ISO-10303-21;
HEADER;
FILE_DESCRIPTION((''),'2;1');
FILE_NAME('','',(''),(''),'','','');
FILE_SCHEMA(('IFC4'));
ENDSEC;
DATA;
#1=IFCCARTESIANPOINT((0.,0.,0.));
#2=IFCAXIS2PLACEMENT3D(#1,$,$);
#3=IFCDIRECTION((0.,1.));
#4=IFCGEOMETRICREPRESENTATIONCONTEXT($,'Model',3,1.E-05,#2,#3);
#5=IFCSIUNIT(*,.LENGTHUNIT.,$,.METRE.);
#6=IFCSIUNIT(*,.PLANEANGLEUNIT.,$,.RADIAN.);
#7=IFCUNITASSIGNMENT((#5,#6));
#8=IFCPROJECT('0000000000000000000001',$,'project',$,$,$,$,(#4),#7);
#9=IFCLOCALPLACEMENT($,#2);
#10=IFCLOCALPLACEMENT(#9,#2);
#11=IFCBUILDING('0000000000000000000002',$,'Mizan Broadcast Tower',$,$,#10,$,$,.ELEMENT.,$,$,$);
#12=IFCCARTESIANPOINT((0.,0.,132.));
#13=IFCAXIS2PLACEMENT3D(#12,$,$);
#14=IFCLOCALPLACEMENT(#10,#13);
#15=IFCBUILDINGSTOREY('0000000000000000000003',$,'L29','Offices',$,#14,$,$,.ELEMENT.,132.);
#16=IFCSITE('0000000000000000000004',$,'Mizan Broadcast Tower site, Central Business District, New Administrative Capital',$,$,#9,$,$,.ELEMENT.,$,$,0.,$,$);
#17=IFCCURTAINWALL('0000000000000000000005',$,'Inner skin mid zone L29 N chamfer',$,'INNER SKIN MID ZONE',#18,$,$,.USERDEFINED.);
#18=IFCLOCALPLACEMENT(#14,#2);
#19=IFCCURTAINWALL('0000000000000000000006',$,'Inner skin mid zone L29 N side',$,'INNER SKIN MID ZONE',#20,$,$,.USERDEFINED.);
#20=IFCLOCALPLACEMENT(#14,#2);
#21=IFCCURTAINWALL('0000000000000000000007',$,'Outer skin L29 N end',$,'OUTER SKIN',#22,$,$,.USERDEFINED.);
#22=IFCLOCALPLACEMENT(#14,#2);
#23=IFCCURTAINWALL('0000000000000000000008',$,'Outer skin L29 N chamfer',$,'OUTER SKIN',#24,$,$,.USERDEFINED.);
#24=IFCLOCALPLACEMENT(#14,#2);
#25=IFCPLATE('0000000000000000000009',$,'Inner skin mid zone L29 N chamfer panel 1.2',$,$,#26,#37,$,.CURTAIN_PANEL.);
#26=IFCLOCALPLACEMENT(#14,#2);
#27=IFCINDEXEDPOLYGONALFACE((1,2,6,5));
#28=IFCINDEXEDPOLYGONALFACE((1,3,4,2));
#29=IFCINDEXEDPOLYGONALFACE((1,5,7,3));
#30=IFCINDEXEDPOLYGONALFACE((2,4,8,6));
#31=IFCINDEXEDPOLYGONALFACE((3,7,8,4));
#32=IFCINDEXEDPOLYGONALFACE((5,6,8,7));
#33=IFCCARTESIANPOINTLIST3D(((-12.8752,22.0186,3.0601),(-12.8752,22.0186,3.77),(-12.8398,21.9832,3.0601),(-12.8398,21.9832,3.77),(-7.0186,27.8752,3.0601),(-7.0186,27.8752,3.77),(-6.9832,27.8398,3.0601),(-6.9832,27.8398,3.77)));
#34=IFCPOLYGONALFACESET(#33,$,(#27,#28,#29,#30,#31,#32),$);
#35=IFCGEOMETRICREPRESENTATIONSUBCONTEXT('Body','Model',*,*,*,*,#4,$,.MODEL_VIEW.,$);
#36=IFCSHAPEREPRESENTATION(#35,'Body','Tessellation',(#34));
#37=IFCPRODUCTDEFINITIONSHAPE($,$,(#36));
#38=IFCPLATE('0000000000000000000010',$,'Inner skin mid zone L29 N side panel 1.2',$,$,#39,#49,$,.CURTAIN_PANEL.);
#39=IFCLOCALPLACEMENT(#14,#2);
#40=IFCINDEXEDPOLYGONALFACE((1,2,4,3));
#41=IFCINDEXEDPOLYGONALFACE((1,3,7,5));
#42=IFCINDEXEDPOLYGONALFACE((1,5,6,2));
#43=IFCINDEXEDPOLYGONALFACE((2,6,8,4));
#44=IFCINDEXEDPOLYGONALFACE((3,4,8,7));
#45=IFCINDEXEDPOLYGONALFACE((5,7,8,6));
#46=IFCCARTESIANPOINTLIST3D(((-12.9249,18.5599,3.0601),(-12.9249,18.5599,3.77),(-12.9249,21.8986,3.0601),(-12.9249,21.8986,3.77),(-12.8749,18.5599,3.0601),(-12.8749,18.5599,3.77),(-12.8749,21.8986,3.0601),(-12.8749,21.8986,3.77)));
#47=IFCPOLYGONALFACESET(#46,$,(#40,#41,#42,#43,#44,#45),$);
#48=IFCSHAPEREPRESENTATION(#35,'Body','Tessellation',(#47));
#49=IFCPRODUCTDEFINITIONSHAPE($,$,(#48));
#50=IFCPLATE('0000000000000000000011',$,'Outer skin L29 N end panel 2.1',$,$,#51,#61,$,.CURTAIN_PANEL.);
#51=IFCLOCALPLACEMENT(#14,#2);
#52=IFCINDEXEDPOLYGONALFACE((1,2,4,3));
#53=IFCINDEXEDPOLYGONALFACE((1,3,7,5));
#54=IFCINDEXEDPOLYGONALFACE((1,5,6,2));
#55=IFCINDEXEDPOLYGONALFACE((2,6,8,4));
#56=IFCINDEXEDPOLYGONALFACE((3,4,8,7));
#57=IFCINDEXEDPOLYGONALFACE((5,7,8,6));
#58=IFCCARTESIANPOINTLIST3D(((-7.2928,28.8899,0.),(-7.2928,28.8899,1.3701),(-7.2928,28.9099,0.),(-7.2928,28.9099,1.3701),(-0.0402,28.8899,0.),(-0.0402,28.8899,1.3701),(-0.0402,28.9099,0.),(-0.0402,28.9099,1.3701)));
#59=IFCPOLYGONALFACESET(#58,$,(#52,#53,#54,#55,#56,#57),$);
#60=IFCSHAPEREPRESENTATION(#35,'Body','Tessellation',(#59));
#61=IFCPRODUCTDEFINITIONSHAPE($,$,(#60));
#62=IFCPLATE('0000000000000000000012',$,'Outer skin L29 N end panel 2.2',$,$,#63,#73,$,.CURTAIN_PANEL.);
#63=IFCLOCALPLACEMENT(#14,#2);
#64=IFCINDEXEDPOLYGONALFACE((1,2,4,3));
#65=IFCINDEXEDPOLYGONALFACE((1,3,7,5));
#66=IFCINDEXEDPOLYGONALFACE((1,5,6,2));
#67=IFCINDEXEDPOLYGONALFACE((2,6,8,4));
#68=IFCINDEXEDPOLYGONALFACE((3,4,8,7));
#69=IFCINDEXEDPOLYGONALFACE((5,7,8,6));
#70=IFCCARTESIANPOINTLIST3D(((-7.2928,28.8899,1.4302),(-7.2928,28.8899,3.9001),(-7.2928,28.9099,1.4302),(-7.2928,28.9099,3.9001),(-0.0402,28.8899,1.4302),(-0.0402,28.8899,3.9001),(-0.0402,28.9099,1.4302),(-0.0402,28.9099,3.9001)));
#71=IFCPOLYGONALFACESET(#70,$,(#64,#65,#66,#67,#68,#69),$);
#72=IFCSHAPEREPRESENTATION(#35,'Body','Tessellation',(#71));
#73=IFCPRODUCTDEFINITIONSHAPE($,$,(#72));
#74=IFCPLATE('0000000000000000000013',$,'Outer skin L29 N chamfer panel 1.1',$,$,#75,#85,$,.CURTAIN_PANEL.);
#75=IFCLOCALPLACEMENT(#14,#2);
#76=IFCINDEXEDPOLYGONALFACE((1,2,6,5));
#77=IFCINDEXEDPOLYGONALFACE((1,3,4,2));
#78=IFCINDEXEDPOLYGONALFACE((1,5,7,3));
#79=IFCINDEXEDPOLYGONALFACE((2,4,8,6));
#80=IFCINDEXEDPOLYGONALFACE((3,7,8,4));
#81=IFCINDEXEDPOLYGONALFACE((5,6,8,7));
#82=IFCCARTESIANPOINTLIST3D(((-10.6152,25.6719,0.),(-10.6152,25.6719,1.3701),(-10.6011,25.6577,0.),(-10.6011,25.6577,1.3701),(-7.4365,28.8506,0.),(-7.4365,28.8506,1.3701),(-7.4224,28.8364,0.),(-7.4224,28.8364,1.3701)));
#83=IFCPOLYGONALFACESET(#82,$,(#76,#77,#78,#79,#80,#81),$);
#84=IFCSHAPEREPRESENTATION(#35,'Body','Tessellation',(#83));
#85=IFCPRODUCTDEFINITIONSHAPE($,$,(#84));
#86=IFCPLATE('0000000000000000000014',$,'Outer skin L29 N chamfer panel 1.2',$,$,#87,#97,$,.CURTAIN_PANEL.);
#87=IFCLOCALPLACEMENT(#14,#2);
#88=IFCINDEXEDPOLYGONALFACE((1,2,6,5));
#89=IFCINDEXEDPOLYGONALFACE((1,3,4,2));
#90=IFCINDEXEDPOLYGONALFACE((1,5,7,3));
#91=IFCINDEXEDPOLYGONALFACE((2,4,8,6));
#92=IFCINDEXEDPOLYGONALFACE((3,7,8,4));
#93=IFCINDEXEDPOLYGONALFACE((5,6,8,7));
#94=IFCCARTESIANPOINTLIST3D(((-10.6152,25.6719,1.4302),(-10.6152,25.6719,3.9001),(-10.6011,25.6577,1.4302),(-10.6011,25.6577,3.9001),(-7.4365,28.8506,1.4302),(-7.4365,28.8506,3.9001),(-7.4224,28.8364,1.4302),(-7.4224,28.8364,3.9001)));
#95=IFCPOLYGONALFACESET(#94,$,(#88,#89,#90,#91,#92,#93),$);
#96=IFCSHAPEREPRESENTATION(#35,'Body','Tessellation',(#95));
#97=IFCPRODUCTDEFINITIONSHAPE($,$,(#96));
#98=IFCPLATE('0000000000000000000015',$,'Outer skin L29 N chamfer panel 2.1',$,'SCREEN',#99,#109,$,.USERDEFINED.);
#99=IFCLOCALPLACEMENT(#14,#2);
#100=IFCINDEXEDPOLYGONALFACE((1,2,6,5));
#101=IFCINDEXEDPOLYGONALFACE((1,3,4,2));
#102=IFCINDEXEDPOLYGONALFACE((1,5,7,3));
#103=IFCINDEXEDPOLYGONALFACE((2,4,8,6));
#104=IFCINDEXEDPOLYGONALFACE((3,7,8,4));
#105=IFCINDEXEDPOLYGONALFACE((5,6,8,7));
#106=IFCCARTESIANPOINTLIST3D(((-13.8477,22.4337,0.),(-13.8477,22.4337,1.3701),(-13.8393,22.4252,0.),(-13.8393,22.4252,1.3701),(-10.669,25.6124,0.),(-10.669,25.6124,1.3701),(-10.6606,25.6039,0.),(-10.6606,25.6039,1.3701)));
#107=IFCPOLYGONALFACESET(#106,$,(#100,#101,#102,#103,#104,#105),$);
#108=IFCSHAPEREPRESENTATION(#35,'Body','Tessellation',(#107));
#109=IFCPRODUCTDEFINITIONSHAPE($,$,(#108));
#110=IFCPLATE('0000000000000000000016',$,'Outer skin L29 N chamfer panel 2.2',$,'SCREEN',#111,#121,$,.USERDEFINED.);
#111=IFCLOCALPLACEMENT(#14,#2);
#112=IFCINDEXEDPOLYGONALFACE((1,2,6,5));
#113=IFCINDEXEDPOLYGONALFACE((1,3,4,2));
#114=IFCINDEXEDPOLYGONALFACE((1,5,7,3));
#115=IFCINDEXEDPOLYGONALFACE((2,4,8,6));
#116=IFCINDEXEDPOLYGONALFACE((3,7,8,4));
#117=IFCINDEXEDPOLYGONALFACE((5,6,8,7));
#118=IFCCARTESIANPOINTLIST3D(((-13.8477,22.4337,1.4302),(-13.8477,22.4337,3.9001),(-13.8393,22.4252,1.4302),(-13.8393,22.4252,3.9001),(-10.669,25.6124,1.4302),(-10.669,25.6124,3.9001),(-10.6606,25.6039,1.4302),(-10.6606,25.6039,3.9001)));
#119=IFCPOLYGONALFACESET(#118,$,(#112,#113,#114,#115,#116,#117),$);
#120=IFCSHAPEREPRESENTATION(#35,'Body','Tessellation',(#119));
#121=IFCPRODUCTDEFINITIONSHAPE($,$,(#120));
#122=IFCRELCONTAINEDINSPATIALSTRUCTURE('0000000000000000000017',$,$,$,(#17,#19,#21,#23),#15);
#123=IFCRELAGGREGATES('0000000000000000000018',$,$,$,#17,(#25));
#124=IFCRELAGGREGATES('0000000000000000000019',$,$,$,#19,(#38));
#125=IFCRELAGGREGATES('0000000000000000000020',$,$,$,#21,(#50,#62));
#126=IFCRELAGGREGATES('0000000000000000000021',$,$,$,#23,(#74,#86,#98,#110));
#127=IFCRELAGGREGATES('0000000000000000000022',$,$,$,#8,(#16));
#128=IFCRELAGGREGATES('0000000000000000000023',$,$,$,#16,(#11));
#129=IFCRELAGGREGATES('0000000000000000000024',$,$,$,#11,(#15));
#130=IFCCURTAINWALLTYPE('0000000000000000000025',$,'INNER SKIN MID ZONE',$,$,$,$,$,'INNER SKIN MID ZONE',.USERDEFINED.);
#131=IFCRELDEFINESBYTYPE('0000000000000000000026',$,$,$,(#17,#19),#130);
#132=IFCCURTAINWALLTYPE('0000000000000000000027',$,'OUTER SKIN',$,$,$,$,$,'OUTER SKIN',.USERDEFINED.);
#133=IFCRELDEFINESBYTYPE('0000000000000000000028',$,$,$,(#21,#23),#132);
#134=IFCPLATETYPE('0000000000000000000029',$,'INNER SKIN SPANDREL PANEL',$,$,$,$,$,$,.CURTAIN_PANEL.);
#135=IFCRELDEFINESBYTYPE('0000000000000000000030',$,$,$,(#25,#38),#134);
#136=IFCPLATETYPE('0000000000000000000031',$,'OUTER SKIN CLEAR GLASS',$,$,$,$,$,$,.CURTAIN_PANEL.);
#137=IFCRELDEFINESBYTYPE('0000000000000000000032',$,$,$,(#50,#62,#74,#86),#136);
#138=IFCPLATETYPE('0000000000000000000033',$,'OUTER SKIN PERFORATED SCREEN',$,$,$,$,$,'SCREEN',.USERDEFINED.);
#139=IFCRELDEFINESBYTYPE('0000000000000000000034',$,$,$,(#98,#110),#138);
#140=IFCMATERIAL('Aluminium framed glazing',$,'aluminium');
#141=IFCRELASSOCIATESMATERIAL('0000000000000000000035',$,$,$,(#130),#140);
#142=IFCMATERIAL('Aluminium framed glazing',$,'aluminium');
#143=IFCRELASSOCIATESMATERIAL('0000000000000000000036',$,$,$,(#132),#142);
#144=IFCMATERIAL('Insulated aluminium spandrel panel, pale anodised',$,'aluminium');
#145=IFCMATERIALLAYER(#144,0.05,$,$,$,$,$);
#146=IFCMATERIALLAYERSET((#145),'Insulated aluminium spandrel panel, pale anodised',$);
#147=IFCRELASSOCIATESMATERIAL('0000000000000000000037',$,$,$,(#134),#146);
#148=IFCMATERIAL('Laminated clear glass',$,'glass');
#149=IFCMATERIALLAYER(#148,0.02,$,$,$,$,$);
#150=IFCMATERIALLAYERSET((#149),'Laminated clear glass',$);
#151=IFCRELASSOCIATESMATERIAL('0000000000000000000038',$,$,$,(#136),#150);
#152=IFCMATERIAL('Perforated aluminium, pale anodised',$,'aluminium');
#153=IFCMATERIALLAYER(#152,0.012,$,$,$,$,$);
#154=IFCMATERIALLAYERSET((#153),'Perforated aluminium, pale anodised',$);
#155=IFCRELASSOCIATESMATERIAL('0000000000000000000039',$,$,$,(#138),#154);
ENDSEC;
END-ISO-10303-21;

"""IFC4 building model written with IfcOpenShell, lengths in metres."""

from ifc_helpers import new_model, si_unit, direction, frame, origin, origin_2d, place, context, subcontext, project, spatial, rectangle, extrude, material, layer, layer_set, type_object, element, aggregate, save


model = new_model("IFC4")

# Units and contexts
model_context = context("Model", 3, precision=1e-05, world=origin(), true_north=direction((0.0, 1.0)))
body_context = subcontext(model_context, "Body", "Model", "MODEL_VIEW")
ifc_project = project(units=[si_unit("LENGTHUNIT", "METRE"), si_unit("PLANEANGLEUNIT", "RADIAN")], contexts=[model_context])

# Site, building, storey
site_placement = place(None, origin())
site = spatial("IfcSite", under=ifc_project, at=site_placement, Name="Mizan Broadcast Tower site, Central Business District, New Administrative Capital", CompositionType="ELEMENT", RefElevation=0.0)
building_placement = place(site_placement, origin())
building = spatial("IfcBuilding", under=site, at=building_placement, Name="Mizan Broadcast Tower", CompositionType="ELEMENT")
storey_placement = place(building_placement, frame((0.0, 0.0, 132.0)))
storey = spatial("IfcBuildingStorey", under=building, at=storey_placement, Name="L29", Description="Offices", CompositionType="ELEMENT", Elevation=132.0)

# Shared definitions
ifc_material_1 = material(Name="Aluminium framed glazing", Category="aluminium")
curtain_wall_type_1 = type_object("IfcCurtainWallType", Name="INNER SKIN MID ZONE", ElementType="INNER SKIN MID ZONE", PredefinedType="USERDEFINED", material=ifc_material_1)

# Curtain wall
curtain_wall_1_placement = place(storey_placement, origin())
curtain_wall_1 = element("IfcCurtainWall", 1, at=curtain_wall_1_placement, inside=storey, type_object=curtain_wall_type_1, Name="Inner skin mid zone L29 N chamfer", ObjectType="INNER SKIN MID ZONE", PredefinedType="USERDEFINED")

# Curtain wall
curtain_wall_2_placement = place(storey_placement, origin())
curtain_wall_2 = element("IfcCurtainWall", 2, at=curtain_wall_2_placement, inside=storey, type_object=curtain_wall_type_1, Name="Inner skin mid zone L29 N side", ObjectType="INNER SKIN MID ZONE", PredefinedType="USERDEFINED")

# Curtain wall
ifc_material_2 = material(Name="Aluminium framed glazing", Category="aluminium")
curtain_wall_type_2 = type_object("IfcCurtainWallType", Name="OUTER SKIN", ElementType="OUTER SKIN", PredefinedType="USERDEFINED", material=ifc_material_2)
curtain_wall_3_placement = place(storey_placement, origin())
curtain_wall_3 = element("IfcCurtainWall", 3, at=curtain_wall_3_placement, inside=storey, type_object=curtain_wall_type_2, Name="Outer skin L29 N end", ObjectType="OUTER SKIN", PredefinedType="USERDEFINED")

# Curtain wall
curtain_wall_4_placement = place(storey_placement, origin())
curtain_wall_4 = element("IfcCurtainWall", 4, at=curtain_wall_4_placement, inside=storey, type_object=curtain_wall_type_2, Name="Outer skin L29 N chamfer", ObjectType="OUTER SKIN", PredefinedType="USERDEFINED")

# Plates
ifc_material_3 = material(Name="Insulated aluminium spandrel panel, pale anodised", Category="aluminium")
ifc_layer_1 = layer(ifc_material_3, 0.05)
ifc_layer_set_1 = layer_set([ifc_layer_1], Name="Insulated aluminium spandrel panel, pale anodised")
plate_type_1 = type_object("IfcPlateType", Name="INNER SKIN SPANDREL PANEL", PredefinedType="CURTAIN_PANEL", material=ifc_layer_set_1)
plate_1_placement = place(storey_placement, frame((-9.9292, 24.9292, 3.0601), z_axis=(0.0, 0.0, 1.0), x_axis=(-0.707107, -0.707107, 0.0)))
plate_1 = element("IfcPlate", 5, at=plate_1_placement, type_object=plate_type_1, Name="Inner skin mid zone L29 N chamfer panel 1.2", PredefinedType="CURTAIN_PANEL", context=body_context, shape_type="SweptSolid", body=[
    extrude(rectangle(XDim=8.2825, YDim=0.05, at=origin_2d()), origin(), (0.0, 0.0, 1.0), 0.71),
])
aggregate(curtain_wall_1, [plate_1])
plate_2_placement = place(storey_placement, frame((-12.8999, 20.2292, 3.0601), z_axis=(0.0, 0.0, 1.0), x_axis=(0.0, -1.0, 0.0)))
plate_2 = element("IfcPlate", 6, at=plate_2_placement, type_object=plate_type_1, Name="Inner skin mid zone L29 N side panel 1.2", PredefinedType="CURTAIN_PANEL", context=body_context, shape_type="SweptSolid", body=[
    extrude(rectangle(XDim=3.3386, YDim=0.05, at=origin_2d()), origin(), (0.0, 0.0, 1.0), 0.71),
])
aggregate(curtain_wall_2, [plate_2])
ifc_material_4 = material(Name="Laminated clear glass", Category="glass")
ifc_layer_2 = layer(ifc_material_4, 0.02)
ifc_layer_set_2 = layer_set([ifc_layer_2], Name="Laminated clear glass")
plate_type_2 = type_object("IfcPlateType", Name="OUTER SKIN CLEAR GLASS", PredefinedType="CURTAIN_PANEL", material=ifc_layer_set_2)
plate_3_placement = place(storey_placement, frame((-3.6665, 28.8999, 0.0), z_axis=(0.0, 0.0, 1.0), x_axis=(-1.0, 0.0, 0.0)))
plate_3 = element("IfcPlate", 7, at=plate_3_placement, type_object=plate_type_2, Name="Outer skin L29 N end panel 2.1", PredefinedType="CURTAIN_PANEL", context=body_context, shape_type="SweptSolid", body=[
    extrude(rectangle(XDim=7.2527, YDim=0.02, at=origin_2d()), origin(), (0.0, 0.0, 1.0), 1.3701),
])
plate_4_placement = place(storey_placement, frame((-3.6665, 28.8999, 1.4302), z_axis=(0.0, 0.0, 1.0), x_axis=(-1.0, 0.0, 0.0)))
plate_4 = element("IfcPlate", 8, at=plate_4_placement, type_object=plate_type_2, Name="Outer skin L29 N end panel 2.2", PredefinedType="CURTAIN_PANEL", context=body_context, shape_type="SweptSolid", body=[
    extrude(rectangle(XDim=7.2527, YDim=0.02, at=origin_2d()), origin(), (0.0, 0.0, 1.0), 2.47),
])
aggregate(curtain_wall_3, [plate_3, plate_4])
plate_5_placement = place(storey_placement, frame((-9.0188, 27.2542, 0.0), z_axis=(0.0, 0.0, 1.0), x_axis=(-0.707107, -0.707107, 0.0)))
plate_5 = element("IfcPlate", 9, at=plate_5_placement, type_object=plate_type_2, Name="Outer skin L29 N chamfer panel 1.1", PredefinedType="CURTAIN_PANEL", context=body_context, shape_type="SweptSolid", body=[
    extrude(rectangle(XDim=4.4954, YDim=0.02, at=origin_2d()), origin(), (0.0, 0.0, 1.0), 1.3701),
])
plate_6_placement = place(storey_placement, frame((-9.0188, 27.2542, 1.4302), z_axis=(0.0, 0.0, 1.0), x_axis=(-0.707107, -0.707107, 0.0)))
plate_6 = element("IfcPlate", 10, at=plate_6_placement, type_object=plate_type_2, Name="Outer skin L29 N chamfer panel 1.2", PredefinedType="CURTAIN_PANEL", context=body_context, shape_type="SweptSolid", body=[
    extrude(rectangle(XDim=4.4954, YDim=0.02, at=origin_2d()), origin(), (0.0, 0.0, 1.0), 2.47),
])
ifc_material_5 = material(Name="Perforated aluminium, pale anodised", Category="aluminium")
ifc_layer_3 = layer(ifc_material_5, 0.012)
ifc_layer_set_3 = layer_set([ifc_layer_3], Name="Perforated aluminium, pale anodised")
plate_type_3 = type_object("IfcPlateType", Name="OUTER SKIN PERFORATED SCREEN", ElementType="SCREEN", PredefinedType="USERDEFINED", material=ifc_layer_set_3)
plate_7_placement = place(storey_placement, frame((-12.2542, 24.0188, 0.0), z_axis=(0.0, 0.0, 1.0), x_axis=(-0.707107, -0.707107, 0.0)))
plate_7 = element("IfcPlate", 11, at=plate_7_placement, type_object=plate_type_3, Name="Outer skin L29 N chamfer panel 2.1", ObjectType="SCREEN", PredefinedType="USERDEFINED", context=body_context, shape_type="SweptSolid", body=[
    extrude(rectangle(XDim=4.4954, YDim=0.012, at=origin_2d()), origin(), (0.0, 0.0, 1.0), 1.3701),
])
plate_8_placement = place(storey_placement, frame((-12.2542, 24.0188, 1.4302), z_axis=(0.0, 0.0, 1.0), x_axis=(-0.707107, -0.707107, 0.0)))
plate_8 = element("IfcPlate", 12, at=plate_8_placement, type_object=plate_type_3, Name="Outer skin L29 N chamfer panel 2.2", ObjectType="SCREEN", PredefinedType="USERDEFINED", context=body_context, shape_type="SweptSolid", body=[
    extrude(rectangle(XDim=4.4954, YDim=0.012, at=origin_2d()), origin(), (0.0, 0.0, 1.0), 2.47),
])
aggregate(curtain_wall_4, [plate_5, plate_6, plate_7, plate_8])

save(model, "model.ifc")
